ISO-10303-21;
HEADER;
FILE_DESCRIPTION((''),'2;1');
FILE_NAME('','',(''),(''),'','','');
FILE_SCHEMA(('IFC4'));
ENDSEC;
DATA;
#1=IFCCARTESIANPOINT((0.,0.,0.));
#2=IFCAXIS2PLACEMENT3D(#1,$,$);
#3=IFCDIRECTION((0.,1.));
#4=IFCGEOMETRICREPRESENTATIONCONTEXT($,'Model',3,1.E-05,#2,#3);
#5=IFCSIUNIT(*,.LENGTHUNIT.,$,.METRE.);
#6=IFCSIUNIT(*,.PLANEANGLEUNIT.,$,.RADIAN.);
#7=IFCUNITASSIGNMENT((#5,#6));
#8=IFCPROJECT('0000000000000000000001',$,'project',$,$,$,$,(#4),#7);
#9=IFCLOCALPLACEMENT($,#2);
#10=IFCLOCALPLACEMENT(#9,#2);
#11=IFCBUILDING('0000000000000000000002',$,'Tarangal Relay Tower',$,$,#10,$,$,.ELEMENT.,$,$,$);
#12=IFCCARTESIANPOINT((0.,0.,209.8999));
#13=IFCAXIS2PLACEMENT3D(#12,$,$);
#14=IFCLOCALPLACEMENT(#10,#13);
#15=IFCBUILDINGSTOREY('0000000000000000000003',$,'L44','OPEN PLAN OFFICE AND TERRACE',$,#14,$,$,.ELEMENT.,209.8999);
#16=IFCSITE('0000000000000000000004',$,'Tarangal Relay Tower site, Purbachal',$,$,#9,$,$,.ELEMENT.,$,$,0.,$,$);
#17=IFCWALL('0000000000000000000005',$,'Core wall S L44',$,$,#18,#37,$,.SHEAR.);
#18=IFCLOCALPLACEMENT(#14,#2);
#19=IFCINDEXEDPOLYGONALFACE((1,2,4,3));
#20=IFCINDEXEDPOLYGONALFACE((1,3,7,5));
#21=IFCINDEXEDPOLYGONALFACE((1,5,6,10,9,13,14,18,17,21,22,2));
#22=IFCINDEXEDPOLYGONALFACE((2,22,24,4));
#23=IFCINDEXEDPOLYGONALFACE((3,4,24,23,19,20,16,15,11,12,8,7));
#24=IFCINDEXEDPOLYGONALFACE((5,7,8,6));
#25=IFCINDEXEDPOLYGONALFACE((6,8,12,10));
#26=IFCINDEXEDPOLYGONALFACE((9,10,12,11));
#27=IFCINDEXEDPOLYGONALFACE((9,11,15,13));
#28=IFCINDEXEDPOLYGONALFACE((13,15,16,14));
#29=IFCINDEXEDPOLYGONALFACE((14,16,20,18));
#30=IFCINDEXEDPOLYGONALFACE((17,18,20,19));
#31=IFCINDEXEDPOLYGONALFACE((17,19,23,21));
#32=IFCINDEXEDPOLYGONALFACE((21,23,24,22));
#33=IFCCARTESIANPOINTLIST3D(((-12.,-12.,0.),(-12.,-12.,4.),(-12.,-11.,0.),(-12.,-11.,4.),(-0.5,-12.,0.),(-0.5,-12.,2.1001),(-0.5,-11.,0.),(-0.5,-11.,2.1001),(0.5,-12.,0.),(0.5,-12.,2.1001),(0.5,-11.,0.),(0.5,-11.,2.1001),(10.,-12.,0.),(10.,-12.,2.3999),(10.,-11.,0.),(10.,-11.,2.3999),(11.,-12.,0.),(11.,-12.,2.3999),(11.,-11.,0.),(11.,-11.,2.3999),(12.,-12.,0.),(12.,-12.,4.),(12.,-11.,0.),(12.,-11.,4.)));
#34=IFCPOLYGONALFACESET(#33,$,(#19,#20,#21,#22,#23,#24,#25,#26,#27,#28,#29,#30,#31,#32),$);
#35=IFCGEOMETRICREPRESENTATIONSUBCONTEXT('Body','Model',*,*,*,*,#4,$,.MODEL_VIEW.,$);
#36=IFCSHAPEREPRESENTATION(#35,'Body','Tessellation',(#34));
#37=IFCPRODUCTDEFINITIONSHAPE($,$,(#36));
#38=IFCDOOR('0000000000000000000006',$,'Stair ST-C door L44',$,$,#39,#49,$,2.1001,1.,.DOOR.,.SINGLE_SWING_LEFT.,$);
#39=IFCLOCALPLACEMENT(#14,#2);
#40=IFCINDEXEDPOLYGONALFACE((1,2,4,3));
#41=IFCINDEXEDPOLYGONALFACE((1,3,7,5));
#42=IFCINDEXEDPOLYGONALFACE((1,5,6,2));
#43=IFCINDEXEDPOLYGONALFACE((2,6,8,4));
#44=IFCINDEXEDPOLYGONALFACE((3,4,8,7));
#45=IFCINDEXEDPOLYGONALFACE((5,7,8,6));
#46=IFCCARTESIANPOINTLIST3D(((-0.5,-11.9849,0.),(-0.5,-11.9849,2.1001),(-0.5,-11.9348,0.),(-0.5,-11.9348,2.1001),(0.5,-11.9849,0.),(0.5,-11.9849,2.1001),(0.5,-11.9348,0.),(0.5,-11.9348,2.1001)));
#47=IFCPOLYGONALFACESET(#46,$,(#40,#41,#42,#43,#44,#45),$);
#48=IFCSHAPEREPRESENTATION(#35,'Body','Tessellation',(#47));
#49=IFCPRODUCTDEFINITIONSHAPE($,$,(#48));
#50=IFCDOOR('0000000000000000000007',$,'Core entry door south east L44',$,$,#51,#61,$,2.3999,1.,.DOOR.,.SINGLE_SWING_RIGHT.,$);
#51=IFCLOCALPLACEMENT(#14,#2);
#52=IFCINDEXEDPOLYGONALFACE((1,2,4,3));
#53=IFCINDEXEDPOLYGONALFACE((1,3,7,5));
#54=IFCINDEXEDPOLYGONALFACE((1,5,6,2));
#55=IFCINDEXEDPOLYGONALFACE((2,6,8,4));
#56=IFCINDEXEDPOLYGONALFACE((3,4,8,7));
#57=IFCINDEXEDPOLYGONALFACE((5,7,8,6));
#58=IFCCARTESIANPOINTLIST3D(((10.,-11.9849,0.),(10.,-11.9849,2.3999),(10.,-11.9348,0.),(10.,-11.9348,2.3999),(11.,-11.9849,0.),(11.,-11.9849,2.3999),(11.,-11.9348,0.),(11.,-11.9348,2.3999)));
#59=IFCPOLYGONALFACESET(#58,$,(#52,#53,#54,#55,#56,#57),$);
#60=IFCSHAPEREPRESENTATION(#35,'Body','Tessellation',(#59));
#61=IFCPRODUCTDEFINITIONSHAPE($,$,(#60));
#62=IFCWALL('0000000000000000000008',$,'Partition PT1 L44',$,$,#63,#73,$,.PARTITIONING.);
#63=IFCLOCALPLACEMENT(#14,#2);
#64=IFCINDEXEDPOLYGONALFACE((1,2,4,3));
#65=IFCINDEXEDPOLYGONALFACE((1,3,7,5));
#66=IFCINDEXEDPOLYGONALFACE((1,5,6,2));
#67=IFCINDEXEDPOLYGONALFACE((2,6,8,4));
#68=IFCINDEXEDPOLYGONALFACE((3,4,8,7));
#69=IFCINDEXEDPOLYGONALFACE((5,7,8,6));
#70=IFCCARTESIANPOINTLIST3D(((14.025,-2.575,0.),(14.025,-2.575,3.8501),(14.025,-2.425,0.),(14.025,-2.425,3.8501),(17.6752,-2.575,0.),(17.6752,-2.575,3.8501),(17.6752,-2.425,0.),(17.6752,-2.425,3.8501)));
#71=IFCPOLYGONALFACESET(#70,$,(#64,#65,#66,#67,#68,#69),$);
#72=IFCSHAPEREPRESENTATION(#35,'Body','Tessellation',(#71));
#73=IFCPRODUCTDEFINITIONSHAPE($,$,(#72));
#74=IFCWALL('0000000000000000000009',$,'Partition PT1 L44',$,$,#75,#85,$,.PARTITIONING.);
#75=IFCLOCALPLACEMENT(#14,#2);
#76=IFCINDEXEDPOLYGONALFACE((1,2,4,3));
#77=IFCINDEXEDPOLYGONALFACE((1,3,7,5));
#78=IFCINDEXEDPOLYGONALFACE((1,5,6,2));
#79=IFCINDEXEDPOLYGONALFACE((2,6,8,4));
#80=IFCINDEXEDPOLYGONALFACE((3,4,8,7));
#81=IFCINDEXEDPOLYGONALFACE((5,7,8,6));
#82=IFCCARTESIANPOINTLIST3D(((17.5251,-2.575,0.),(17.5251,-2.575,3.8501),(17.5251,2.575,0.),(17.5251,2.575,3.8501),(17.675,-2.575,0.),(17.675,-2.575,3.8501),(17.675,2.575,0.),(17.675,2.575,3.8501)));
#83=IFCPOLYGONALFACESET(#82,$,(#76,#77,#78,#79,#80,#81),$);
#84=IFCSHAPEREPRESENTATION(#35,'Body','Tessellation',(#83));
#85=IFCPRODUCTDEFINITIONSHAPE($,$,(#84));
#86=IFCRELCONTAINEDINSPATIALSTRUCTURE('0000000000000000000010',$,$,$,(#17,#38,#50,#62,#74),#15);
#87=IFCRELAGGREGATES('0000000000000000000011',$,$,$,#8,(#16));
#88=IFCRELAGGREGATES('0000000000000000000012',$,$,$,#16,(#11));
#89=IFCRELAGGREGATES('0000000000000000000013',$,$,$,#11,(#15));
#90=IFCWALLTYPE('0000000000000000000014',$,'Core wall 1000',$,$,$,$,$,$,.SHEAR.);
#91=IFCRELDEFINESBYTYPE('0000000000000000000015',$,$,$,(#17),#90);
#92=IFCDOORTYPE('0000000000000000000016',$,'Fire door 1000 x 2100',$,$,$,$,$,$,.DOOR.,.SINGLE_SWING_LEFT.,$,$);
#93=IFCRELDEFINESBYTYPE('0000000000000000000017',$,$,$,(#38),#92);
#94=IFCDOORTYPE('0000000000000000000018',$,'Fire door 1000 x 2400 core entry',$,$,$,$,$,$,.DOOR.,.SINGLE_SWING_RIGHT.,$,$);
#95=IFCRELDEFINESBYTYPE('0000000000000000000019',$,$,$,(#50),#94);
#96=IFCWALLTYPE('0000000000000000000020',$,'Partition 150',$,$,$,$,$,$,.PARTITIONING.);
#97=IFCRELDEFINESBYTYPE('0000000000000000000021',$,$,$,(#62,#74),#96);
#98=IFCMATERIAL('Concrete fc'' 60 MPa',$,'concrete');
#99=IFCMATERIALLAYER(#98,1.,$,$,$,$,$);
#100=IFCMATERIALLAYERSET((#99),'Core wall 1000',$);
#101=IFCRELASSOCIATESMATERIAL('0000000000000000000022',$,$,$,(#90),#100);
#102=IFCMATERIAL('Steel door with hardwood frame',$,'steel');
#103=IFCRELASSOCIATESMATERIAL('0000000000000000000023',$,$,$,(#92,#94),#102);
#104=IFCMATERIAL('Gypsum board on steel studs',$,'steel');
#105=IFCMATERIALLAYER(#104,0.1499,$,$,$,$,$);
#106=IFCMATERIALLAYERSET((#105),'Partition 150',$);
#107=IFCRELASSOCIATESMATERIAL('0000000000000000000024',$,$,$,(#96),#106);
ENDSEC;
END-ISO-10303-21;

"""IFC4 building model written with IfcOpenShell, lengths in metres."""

from ifc_helpers import new_model, si_unit, direction, frame, frame_2d, origin, place, context, subcontext, project, spatial, rectangle, extrude, material, layer, layer_set, type_object, element, fill, save


model = new_model("IFC4")

# Units and contexts
model_context = context("Model", 3, precision=1e-05, world=origin(), true_north=direction((0.0, 1.0)))
body_context = subcontext(model_context, "Body", "Model", "MODEL_VIEW")
ifc_project = project(units=[si_unit("LENGTHUNIT", "METRE"), si_unit("PLANEANGLEUNIT", "RADIAN")], contexts=[model_context])

# Site, building, storey
site_placement = place(None, origin())
site = spatial("IfcSite", under=ifc_project, at=site_placement, Name="Tarangal Relay Tower site, Purbachal", CompositionType="ELEMENT", RefElevation=0.0)
building_placement = place(site_placement, origin())
building = spatial("IfcBuilding", under=site, at=building_placement, Name="Tarangal Relay Tower", CompositionType="ELEMENT")
storey_placement = place(building_placement, frame((0.0, 0.0, 209.8999)))
storey = spatial("IfcBuildingStorey", under=building, at=storey_placement, Name="L44", Description="OPEN PLAN OFFICE AND TERRACE", CompositionType="ELEMENT", Elevation=209.8999)

# Wall, openings, doors
ifc_material_1 = material(Name="Concrete fc' 60 MPa", Category="concrete")
ifc_layer_1 = layer(ifc_material_1, 1.0)
ifc_layer_set_1 = layer_set([ifc_layer_1], Name="Core wall 1000")
wall_type_1 = type_object("IfcWallType", Name="Core wall 1000", PredefinedType="SHEAR", material=ifc_layer_set_1)
wall_1_placement = place(storey_placement, frame((12.0, -11.5, 0.0), z_axis=(0.0, 0.0, 1.0), x_axis=(-1.0, 0.0, 0.0)))
wall_1 = element("IfcWall", 1, at=wall_1_placement, inside=storey, type_object=wall_type_1, Name="Core wall S L44", PredefinedType="SHEAR", context=body_context, shape_type="SweptSolid", body=[
    extrude(rectangle(XDim=24.0, YDim=1.0, at=frame_2d((12.0, 0.0))), origin(), (0.0, 0.0, 1.0), 4.0),
])
opening_1_placement = place(wall_1_placement, frame((11.5, 0.0, 0.0)))
opening_1 = element("IfcOpeningElement", 2, at=opening_1_placement, cuts=wall_1, PredefinedType="OPENING", context=body_context, shape_type="SweptSolid", body=[
    extrude(rectangle(XDim=1.0, YDim=2.1001, at=frame_2d((0.5, 1.05))), frame((0.0, 0.51, 0.0), z_axis=(0.0, -1.0, 0.0), x_axis=(1.0, 0.0, 0.0)), (0.0, 0.0, 1.0), 1.02),
])
opening_2_placement = place(wall_1_placement, frame((1.0, 0.0, 0.0)))
opening_2 = element("IfcOpeningElement", 3, at=opening_2_placement, cuts=wall_1, PredefinedType="OPENING", context=body_context, shape_type="SweptSolid", body=[
    extrude(rectangle(XDim=1.0, YDim=2.3999, at=frame_2d((0.5, 1.2))), frame((0.0, 0.51, 0.0), z_axis=(0.0, -1.0, 0.0), x_axis=(1.0, 0.0, 0.0)), (0.0, 0.0, 1.0), 1.02),
])
ifc_material_2 = material(Name="Steel door with hardwood frame", Category="steel")
door_type_1 = type_object("IfcDoorType", Name="Fire door 1000 x 2100", OperationType="SINGLE_SWING_LEFT", PredefinedType="DOOR", material=ifc_material_2)
door_1_placement = place(opening_1_placement, origin())
door_1 = element("IfcDoor", 4, at=door_1_placement, inside=storey, type_object=door_type_1, Name="Stair ST-C door L44", OperationType="SINGLE_SWING_LEFT", OverallHeight=2.1001, OverallWidth=1.0, PredefinedType="DOOR", context=body_context, shape_type="SweptSolid", body=[
    extrude(rectangle(XDim=1.0, YDim=2.1001, at=frame_2d((0.5, 1.05))), frame((0.0, 0.4849, 0.0), z_axis=(0.0, -1.0, 0.0), x_axis=(1.0, 0.0, 0.0)), (0.0, 0.0, 1.0), 0.05),
])
fill(opening_1, door_1)
door_type_2 = type_object("IfcDoorType", Name="Fire door 1000 x 2400 core entry", OperationType="SINGLE_SWING_RIGHT", PredefinedType="DOOR", material=ifc_material_2)
door_2_placement = place(opening_2_placement, origin())
door_2 = element("IfcDoor", 5, at=door_2_placement, inside=storey, type_object=door_type_2, Name="Core entry door south east L44", OperationType="SINGLE_SWING_RIGHT", OverallHeight=2.3999, OverallWidth=1.0, PredefinedType="DOOR", context=body_context, shape_type="SweptSolid", body=[
    extrude(rectangle(XDim=1.0, YDim=2.3999, at=frame_2d((0.5, 1.2))), frame((0.0, 0.4849, 0.0), z_axis=(0.0, -1.0, 0.0), x_axis=(1.0, 0.0, 0.0)), (0.0, 0.0, 1.0), 0.05),
])
fill(opening_2, door_2)

# Walls
ifc_material_3 = material(Name="Gypsum board on steel studs", Category="steel")
ifc_layer_2 = layer(ifc_material_3, 0.1499)
ifc_layer_set_2 = layer_set([ifc_layer_2], Name="Partition 150")
wall_type_2 = type_object("IfcWallType", Name="Partition 150", PredefinedType="PARTITIONING", material=ifc_layer_set_2)
wall_2_placement = place(storey_placement, frame((14.0249, -2.5, 0.0), z_axis=(0.0, 0.0, 1.0), x_axis=(1.0, 0.0, 0.0)))
element("IfcWall", 6, at=wall_2_placement, inside=storey, type_object=wall_type_2, Name="Partition PT1 L44", PredefinedType="PARTITIONING", context=body_context, shape_type="SweptSolid", body=[
    extrude(rectangle(XDim=3.6501, YDim=0.1499, at=frame_2d((1.8252, 0.0))), origin(), (0.0, 0.0, 1.0), 3.8501),
])
wall_3_placement = place(storey_placement, frame((17.6001, -2.575, 0.0), z_axis=(0.0, 0.0, 1.0), x_axis=(0.0, 1.0, 0.0)))
element("IfcWall", 7, at=wall_3_placement, inside=storey, type_object=wall_type_2, Name="Partition PT1 L44", PredefinedType="PARTITIONING", context=body_context, shape_type="SweptSolid", body=[
    extrude(rectangle(XDim=5.1499, YDim=0.1499, at=frame_2d((2.575, 0.0))), origin(), (0.0, 0.0, 1.0), 3.8501),
])

save(model, "model.ifc")
